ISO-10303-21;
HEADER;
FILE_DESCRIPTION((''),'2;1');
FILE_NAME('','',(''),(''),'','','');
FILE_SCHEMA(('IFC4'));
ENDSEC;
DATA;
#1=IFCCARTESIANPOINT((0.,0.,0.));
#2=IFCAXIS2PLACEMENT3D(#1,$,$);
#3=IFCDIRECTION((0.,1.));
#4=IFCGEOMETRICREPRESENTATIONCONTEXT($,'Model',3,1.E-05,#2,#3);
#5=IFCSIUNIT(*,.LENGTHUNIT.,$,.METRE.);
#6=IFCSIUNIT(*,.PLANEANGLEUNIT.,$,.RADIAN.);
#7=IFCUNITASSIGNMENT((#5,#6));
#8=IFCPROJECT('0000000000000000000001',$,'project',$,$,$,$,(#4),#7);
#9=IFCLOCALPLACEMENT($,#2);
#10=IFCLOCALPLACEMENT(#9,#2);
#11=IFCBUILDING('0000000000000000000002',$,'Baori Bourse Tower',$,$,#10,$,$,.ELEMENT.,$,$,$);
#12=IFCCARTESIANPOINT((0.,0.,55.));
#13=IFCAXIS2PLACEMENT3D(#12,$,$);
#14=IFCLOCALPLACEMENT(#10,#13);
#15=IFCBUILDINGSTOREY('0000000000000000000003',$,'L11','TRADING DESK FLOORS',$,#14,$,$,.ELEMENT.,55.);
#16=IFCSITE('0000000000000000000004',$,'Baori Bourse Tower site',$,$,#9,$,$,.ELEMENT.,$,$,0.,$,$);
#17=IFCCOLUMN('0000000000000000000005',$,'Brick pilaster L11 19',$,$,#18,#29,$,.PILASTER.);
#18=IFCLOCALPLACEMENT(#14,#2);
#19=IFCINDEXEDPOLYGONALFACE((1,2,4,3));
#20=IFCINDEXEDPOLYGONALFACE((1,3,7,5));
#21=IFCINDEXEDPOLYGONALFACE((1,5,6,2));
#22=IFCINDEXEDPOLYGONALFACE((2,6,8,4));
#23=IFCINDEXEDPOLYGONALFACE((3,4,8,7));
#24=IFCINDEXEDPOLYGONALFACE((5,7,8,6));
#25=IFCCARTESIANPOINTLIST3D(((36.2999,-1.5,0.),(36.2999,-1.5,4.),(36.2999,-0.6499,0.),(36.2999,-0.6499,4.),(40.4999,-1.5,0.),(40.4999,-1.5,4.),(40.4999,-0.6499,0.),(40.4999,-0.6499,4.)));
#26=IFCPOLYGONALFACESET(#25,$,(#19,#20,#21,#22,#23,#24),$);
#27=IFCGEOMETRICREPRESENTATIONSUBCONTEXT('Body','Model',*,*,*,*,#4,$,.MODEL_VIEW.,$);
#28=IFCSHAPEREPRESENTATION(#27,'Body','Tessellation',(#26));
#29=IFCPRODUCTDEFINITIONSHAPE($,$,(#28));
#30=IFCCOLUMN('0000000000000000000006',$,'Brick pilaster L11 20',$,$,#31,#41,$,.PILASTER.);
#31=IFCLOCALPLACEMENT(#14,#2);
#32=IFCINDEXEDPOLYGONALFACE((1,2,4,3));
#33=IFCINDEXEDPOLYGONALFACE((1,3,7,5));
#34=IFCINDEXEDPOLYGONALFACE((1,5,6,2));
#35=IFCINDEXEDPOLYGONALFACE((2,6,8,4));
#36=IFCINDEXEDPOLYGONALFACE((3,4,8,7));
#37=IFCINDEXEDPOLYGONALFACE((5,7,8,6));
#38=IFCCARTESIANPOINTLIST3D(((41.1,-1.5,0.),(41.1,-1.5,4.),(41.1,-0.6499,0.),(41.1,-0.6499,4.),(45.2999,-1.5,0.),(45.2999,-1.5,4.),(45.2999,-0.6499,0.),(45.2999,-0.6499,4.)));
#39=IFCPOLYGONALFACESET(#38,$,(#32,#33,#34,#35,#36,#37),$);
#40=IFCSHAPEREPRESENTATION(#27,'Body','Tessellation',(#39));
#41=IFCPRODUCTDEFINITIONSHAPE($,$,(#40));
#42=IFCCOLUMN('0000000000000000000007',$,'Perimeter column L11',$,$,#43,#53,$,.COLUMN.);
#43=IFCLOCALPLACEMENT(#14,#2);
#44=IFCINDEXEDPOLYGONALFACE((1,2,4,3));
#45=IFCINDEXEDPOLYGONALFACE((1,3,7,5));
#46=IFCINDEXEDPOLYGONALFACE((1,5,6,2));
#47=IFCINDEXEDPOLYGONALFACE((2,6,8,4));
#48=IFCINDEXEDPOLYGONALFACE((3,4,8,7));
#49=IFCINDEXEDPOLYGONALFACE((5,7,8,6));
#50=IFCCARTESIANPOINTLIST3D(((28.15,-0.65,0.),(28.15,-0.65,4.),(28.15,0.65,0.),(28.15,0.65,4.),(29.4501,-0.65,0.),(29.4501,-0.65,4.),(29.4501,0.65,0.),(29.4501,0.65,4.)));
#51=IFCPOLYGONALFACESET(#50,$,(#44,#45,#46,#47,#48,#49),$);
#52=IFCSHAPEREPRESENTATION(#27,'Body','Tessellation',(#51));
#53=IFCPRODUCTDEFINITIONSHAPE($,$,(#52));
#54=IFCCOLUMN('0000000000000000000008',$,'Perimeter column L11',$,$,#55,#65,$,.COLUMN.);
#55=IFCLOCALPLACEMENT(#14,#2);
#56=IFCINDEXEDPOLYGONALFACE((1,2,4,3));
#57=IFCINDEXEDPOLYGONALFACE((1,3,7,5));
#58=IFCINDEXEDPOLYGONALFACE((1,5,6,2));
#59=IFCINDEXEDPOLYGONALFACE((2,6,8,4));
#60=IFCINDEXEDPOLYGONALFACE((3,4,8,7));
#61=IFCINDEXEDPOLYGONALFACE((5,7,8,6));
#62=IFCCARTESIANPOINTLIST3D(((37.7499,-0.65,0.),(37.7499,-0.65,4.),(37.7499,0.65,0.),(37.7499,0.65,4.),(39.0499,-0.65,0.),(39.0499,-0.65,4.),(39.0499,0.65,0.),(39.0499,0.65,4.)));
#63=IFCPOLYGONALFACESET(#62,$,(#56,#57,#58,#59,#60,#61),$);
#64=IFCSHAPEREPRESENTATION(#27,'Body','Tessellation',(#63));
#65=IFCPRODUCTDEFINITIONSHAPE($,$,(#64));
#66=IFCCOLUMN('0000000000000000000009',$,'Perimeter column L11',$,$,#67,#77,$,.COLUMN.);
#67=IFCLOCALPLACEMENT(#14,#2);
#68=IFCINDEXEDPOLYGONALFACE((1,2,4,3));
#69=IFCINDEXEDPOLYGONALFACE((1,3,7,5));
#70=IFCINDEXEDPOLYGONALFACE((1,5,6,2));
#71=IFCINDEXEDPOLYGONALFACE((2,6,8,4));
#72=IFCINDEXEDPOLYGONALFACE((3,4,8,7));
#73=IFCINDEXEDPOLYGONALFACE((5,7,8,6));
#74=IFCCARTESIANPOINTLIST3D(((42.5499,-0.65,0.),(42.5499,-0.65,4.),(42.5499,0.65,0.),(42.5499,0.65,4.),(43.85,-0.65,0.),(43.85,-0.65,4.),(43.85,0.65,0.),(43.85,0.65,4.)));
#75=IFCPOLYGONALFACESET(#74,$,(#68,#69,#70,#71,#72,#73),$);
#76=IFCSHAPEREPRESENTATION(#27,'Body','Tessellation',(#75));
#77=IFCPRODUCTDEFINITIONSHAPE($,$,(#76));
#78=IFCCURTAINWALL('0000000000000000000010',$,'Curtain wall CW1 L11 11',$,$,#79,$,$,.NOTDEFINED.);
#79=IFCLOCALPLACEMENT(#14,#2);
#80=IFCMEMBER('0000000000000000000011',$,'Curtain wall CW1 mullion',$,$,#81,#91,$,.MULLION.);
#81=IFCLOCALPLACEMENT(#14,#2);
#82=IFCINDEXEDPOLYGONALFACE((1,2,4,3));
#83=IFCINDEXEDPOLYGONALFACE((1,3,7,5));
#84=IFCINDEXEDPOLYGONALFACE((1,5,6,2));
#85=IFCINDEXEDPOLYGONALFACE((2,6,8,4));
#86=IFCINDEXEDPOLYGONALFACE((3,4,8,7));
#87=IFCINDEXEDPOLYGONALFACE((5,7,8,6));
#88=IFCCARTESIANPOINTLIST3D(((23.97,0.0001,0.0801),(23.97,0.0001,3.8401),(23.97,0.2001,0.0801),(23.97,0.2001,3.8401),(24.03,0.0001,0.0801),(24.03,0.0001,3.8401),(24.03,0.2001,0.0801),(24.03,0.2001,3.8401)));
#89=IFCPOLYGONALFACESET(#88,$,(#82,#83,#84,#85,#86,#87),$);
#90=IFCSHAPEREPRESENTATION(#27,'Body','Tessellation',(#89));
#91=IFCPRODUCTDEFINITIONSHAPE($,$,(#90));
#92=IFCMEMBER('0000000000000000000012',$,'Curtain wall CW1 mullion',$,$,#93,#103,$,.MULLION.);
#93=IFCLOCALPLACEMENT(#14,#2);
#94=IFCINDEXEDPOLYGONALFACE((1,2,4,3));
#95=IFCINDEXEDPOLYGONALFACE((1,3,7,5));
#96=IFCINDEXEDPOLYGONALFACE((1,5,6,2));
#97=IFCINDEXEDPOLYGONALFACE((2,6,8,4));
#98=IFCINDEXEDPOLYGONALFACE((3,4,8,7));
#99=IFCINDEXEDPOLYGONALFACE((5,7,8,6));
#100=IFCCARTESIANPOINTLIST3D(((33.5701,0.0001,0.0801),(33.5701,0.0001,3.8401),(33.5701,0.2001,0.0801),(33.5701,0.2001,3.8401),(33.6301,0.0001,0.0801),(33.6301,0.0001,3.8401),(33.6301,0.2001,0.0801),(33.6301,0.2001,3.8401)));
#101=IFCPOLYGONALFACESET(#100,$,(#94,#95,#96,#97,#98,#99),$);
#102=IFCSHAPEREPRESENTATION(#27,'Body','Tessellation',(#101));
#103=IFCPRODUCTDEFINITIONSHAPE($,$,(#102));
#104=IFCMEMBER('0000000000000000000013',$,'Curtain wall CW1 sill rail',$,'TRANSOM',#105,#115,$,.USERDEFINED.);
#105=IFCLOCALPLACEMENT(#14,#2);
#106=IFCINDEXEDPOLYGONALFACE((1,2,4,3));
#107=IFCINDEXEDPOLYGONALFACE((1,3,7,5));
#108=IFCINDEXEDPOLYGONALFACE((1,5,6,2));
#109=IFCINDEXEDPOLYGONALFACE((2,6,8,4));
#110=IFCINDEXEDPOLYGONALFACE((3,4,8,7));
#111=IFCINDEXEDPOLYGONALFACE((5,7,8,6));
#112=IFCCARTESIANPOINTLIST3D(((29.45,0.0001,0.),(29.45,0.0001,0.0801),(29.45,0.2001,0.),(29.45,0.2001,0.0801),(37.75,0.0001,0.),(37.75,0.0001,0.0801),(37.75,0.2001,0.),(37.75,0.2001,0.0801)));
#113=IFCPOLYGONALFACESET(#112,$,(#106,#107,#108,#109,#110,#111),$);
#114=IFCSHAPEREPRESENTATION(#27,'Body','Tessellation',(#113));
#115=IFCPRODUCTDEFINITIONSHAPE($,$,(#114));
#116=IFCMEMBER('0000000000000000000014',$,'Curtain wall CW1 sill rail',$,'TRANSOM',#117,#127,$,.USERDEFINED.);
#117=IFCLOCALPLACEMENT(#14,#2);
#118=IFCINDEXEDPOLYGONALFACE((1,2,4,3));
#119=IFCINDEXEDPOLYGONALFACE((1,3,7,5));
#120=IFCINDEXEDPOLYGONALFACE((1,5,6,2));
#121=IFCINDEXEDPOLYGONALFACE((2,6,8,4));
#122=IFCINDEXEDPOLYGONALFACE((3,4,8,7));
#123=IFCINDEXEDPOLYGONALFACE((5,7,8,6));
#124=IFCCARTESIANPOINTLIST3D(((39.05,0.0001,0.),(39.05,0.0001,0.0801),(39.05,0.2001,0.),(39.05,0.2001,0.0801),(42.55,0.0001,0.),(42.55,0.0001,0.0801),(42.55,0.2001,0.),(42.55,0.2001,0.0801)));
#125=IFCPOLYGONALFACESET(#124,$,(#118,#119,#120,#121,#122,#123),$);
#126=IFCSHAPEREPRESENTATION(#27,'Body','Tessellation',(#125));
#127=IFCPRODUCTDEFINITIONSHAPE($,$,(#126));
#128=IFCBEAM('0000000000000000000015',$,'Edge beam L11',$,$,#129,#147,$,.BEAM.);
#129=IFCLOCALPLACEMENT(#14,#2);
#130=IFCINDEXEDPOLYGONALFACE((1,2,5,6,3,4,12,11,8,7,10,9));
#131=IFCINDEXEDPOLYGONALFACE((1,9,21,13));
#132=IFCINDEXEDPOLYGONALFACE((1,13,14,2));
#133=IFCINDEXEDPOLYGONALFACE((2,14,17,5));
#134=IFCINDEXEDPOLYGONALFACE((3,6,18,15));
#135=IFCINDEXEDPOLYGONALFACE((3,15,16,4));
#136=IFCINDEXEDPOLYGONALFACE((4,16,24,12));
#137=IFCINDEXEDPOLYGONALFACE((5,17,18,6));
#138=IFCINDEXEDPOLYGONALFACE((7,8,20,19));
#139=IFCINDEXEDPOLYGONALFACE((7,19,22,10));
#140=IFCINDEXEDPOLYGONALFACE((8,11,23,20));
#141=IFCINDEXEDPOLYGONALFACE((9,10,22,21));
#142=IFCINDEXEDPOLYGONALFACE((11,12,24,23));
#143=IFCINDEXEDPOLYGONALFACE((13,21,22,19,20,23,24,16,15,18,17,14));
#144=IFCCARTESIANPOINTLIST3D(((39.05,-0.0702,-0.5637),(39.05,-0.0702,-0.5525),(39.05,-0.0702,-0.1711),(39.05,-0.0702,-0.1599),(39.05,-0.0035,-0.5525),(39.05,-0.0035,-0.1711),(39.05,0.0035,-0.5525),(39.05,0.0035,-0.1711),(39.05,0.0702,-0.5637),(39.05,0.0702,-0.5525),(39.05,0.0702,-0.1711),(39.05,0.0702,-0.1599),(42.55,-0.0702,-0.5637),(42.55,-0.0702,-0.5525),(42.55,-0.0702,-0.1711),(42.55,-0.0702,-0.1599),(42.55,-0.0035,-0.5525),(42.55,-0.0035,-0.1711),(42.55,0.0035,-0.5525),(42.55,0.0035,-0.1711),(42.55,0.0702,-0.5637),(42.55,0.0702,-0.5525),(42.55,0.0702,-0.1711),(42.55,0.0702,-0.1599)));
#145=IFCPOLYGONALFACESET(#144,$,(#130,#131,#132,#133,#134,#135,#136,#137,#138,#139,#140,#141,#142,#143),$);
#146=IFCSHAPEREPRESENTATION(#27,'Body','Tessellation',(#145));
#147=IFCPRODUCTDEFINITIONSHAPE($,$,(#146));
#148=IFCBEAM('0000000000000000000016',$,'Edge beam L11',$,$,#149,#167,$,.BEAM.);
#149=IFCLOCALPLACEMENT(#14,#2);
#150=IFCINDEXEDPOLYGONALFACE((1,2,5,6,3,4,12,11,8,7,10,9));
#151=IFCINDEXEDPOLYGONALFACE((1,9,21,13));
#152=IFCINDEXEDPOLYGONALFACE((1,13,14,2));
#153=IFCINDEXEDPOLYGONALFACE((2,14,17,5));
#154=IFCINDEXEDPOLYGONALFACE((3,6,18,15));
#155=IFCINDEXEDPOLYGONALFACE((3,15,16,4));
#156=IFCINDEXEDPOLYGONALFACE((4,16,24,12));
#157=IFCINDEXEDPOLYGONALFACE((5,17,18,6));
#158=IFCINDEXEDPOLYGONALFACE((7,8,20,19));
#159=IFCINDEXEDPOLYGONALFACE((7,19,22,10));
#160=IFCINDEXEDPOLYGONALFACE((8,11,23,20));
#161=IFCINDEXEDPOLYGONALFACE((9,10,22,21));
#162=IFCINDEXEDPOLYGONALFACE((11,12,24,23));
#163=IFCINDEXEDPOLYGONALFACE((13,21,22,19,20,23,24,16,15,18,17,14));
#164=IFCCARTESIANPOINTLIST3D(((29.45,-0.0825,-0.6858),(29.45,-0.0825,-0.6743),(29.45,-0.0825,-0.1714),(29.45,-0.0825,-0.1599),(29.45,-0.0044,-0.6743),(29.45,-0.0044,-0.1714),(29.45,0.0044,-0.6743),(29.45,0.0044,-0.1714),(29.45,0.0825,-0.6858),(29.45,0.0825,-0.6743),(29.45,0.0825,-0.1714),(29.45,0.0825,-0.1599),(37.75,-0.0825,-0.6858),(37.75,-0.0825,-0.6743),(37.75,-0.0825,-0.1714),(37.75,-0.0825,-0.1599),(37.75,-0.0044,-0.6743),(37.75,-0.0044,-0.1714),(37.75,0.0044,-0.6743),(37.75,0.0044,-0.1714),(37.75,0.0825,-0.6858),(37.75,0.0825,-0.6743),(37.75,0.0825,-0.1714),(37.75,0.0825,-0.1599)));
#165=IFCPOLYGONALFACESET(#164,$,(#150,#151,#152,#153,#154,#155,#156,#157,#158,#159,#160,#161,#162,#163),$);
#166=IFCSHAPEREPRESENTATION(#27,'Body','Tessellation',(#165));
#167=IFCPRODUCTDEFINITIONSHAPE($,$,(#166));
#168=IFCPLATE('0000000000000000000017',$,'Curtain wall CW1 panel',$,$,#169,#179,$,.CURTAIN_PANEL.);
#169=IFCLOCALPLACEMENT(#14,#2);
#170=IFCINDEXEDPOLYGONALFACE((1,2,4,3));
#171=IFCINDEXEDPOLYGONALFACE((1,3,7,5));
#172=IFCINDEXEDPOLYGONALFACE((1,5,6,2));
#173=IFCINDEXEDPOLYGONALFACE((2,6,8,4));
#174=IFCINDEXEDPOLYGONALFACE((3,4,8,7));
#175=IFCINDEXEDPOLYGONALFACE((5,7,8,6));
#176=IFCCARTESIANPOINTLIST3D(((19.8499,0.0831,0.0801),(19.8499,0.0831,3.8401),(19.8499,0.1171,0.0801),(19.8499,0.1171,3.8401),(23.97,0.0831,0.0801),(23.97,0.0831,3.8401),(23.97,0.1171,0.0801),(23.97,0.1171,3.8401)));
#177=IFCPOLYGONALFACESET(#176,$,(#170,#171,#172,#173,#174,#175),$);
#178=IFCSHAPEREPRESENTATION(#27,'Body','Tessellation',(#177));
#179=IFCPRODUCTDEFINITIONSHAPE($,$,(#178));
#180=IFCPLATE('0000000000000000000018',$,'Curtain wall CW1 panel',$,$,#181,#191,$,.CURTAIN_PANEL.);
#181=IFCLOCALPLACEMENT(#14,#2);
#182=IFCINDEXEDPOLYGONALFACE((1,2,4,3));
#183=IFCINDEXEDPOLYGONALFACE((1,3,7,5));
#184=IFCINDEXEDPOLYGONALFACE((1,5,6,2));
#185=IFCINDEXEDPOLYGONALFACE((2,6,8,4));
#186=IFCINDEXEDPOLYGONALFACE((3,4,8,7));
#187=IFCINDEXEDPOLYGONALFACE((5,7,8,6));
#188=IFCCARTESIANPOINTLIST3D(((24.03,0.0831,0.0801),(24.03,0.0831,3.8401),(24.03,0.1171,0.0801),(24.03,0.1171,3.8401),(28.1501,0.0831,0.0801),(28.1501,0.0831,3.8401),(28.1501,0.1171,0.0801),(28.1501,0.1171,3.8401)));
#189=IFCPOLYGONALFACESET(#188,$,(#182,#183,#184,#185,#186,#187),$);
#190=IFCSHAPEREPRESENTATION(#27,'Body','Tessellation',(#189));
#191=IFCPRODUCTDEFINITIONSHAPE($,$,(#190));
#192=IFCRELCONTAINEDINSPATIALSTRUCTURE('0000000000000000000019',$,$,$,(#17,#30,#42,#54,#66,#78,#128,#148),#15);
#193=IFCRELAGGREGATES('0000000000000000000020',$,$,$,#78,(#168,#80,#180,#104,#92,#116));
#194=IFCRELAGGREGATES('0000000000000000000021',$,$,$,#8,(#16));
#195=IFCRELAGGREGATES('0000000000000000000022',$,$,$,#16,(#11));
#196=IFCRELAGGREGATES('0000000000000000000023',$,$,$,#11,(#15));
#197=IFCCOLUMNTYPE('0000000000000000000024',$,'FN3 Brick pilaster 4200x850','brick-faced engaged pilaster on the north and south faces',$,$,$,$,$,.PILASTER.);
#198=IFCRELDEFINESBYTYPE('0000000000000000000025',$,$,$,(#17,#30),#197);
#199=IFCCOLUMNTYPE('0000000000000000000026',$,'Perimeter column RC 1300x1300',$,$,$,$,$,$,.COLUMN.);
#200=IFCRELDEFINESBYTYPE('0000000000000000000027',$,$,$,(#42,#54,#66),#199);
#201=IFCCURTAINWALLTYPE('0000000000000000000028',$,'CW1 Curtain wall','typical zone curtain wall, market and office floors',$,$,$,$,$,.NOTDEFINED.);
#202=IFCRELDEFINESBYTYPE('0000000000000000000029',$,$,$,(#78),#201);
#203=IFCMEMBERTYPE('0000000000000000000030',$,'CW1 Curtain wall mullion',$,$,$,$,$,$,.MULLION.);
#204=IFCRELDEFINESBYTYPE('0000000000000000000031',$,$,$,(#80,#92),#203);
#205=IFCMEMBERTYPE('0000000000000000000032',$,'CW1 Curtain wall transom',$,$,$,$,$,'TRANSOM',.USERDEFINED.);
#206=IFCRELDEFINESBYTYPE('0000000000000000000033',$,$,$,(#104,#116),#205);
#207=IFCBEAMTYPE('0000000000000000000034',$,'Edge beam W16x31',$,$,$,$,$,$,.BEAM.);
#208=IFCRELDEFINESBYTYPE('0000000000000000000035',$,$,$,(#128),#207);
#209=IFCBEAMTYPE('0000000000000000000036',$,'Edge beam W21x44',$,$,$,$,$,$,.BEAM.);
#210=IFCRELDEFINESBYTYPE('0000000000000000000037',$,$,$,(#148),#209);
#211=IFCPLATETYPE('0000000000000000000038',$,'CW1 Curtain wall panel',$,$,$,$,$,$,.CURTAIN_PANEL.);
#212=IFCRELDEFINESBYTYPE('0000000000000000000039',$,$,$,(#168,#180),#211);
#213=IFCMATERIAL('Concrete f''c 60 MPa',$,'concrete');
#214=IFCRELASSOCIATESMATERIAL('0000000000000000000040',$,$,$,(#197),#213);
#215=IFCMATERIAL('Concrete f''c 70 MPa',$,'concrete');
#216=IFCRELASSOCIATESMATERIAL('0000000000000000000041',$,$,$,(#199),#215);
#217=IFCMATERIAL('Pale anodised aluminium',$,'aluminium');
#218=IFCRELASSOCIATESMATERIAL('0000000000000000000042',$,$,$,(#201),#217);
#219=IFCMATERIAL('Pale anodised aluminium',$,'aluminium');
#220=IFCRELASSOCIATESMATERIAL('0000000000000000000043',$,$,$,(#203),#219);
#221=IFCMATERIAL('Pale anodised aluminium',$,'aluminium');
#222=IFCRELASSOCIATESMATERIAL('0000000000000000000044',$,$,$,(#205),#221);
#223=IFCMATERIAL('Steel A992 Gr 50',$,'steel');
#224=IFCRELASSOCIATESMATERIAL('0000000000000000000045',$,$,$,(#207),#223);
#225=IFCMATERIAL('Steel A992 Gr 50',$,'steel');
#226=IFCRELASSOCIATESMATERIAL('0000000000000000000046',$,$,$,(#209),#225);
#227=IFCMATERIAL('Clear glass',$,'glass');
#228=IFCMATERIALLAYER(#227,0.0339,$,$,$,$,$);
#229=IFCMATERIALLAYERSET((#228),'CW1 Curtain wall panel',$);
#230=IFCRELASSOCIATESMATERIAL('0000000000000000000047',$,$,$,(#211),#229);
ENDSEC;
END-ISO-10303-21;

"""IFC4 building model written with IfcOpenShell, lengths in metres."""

from ifc_helpers import new_model, si_unit, direction, frame, origin, origin_2d, place, context, subcontext, project, spatial, rectangle, i_section, extrude, material, layer, layer_set, material_profile, profile_set, type_object, element, aggregate, save


model = new_model("IFC4")

# Units and contexts
model_context = context("Model", 3, precision=1e-05, world=origin(), true_north=direction((0.0, 1.0)))
body_context = subcontext(model_context, "Body", "Model", "MODEL_VIEW")
ifc_project = project(units=[si_unit("LENGTHUNIT", "METRE"), si_unit("PLANEANGLEUNIT", "RADIAN")], contexts=[model_context])

# Site, building, storey
site_placement = place(None, origin())
site = spatial("IfcSite", under=ifc_project, at=site_placement, Name="Baori Bourse Tower site", CompositionType="ELEMENT", RefElevation=0.0)
building_placement = place(site_placement, origin())
building = spatial("IfcBuilding", under=site, at=building_placement, Name="Baori Bourse Tower", CompositionType="ELEMENT")
storey_placement = place(building_placement, frame((0.0, 0.0, 55.0)))
storey = spatial("IfcBuildingStorey", under=building, at=storey_placement, Name="L11", Description="TRADING DESK FLOORS", CompositionType="ELEMENT", Elevation=55.0)

# Columns
ifc_material_1 = material(Name="Concrete f'c 60 MPa", Category="concrete")
ifc_material_profile_1 = material_profile(ifc_material_1, rectangle(XDim=4.2, YDim=0.8501, at=origin_2d()), Name="RC 4200x850")
ifc_profile_set_1 = profile_set([ifc_material_profile_1], Name="Concrete f'c 60 MPa")
column_type_1 = type_object("IfcColumnType", Name="FN3 Brick pilaster 4200x850", Description="brick-faced engaged pilaster on the north and south faces", PredefinedType="PILASTER", material=ifc_profile_set_1)
for number, where, z_axis, x_axis, name in (
    (1, (38.3999, -1.075, 0.0), (0.0, 0.0, 1.0), (1.0, 0.0, 0.0), "Brick pilaster L11 19"),
    (2, (43.2, -1.075, 0.0), (0.0, 0.0, 1.0), (1.0, 0.0, 0.0), "Brick pilaster L11 20"),
):
    element("IfcColumn", number, at=place(storey_placement, frame(where, z_axis=z_axis, x_axis=x_axis)), inside=storey, type_object=column_type_1, Name=name, PredefinedType="PILASTER", context=body_context, shape_type="SweptSolid", body=[
        extrude(rectangle(XDim=4.2, YDim=0.8501, at=origin_2d()), origin(), (0.0, 0.0, 1.0), 4.0),
    ])
ifc_material_2 = material(Name="Concrete f'c 70 MPa", Category="concrete")
ifc_material_profile_2 = material_profile(ifc_material_2, rectangle(XDim=1.3, YDim=1.3, at=origin_2d()), Name="RC 1300x1300")
ifc_profile_set_2 = profile_set([ifc_material_profile_2], Name="Concrete f'c 70 MPa")
column_type_2 = type_object("IfcColumnType", Name="Perimeter column RC 1300x1300", PredefinedType="COLUMN", material=ifc_profile_set_2)
for number, where, z_axis, x_axis, name in (
    (3, (28.8, 0.0, 0.0), (0.0, 0.0, 1.0), (1.0, 0.0, 0.0), "Perimeter column L11"),
    (4, (38.3999, 0.0, 0.0), (0.0, 0.0, 1.0), (1.0, 0.0, 0.0), "Perimeter column L11"),
    (5, (43.2, 0.0, 0.0), (0.0, 0.0, 1.0), (1.0, 0.0, 0.0), "Perimeter column L11"),
):
    element("IfcColumn", number, at=place(storey_placement, frame(where, z_axis=z_axis, x_axis=x_axis)), inside=storey, type_object=column_type_2, Name=name, PredefinedType="COLUMN", context=body_context, shape_type="SweptSolid", body=[
        extrude(rectangle(XDim=1.3, YDim=1.3, at=origin_2d()), origin(), (0.0, 0.0, 1.0), 4.0),
    ])

# Curtain wall, members
ifc_material_3 = material(Name="Pale anodised aluminium", Category="aluminium")
curtain_wall_type = type_object("IfcCurtainWallType", Name="CW1 Curtain wall", Description="typical zone curtain wall, market and office floors", PredefinedType="NOTDEFINED", material=ifc_material_3)
curtain_wall_placement = place(storey_placement, origin())
curtain_wall = element("IfcCurtainWall", 6, at=curtain_wall_placement, inside=storey, type_object=curtain_wall_type, Name="Curtain wall CW1 L11 11", PredefinedType="NOTDEFINED")
ifc_material_4 = material(Name="Pale anodised aluminium", Category="aluminium")
ifc_material_profile_3 = material_profile(ifc_material_4, rectangle(XDim=0.2, YDim=0.0601, at=origin_2d()), Name="Mullion 60x200")
ifc_profile_set_3 = profile_set([ifc_material_profile_3], Name="Pale anodised aluminium")
member_type_1 = type_object("IfcMemberType", Name="CW1 Curtain wall mullion", PredefinedType="MULLION", material=ifc_profile_set_3)
member_1_placement = place(storey_placement, frame((24.0, 0.1001, 0.0801), z_axis=(0.0, 0.0, 1.0), x_axis=(0.0, 1.0, 0.0)))
member_1 = element("IfcMember", 7, at=member_1_placement, type_object=member_type_1, Name="Curtain wall CW1 mullion", PredefinedType="MULLION", context=body_context, shape_type="SweptSolid", body=[
    extrude(rectangle(XDim=0.2, YDim=0.0601, at=origin_2d()), origin(), (0.0, 0.0, 1.0), 3.76),
])
member_2_placement = place(storey_placement, frame((33.6001, 0.1001, 0.0801), z_axis=(0.0, 0.0, 1.0), x_axis=(0.0, 1.0, 0.0)))
member_2 = element("IfcMember", 8, at=member_2_placement, type_object=member_type_1, Name="Curtain wall CW1 mullion", PredefinedType="MULLION", context=body_context, shape_type="SweptSolid", body=[
    extrude(rectangle(XDim=0.2, YDim=0.0601, at=origin_2d()), origin(), (0.0, 0.0, 1.0), 3.76),
])
ifc_material_5 = material(Name="Pale anodised aluminium", Category="aluminium")
ifc_material_profile_4 = material_profile(ifc_material_5, rectangle(XDim=0.2, YDim=0.0801, at=origin_2d()), Name="Transom 80x200")
ifc_profile_set_4 = profile_set([ifc_material_profile_4], Name="Pale anodised aluminium")
member_type_2 = type_object("IfcMemberType", Name="CW1 Curtain wall transom", ElementType="TRANSOM", PredefinedType="USERDEFINED", material=ifc_profile_set_4)
member_3_placement = place(storey_placement, frame((29.45, 0.1001, 0.04), z_axis=(1.0, 0.0, 0.0), x_axis=(0.0, 1.0, 0.0)))
member_3 = element("IfcMember", 9, at=member_3_placement, type_object=member_type_2, Name="Curtain wall CW1 sill rail", ObjectType="TRANSOM", PredefinedType="USERDEFINED", context=body_context, shape_type="SweptSolid", body=[
    extrude(rectangle(XDim=0.2, YDim=0.0801, at=origin_2d()), origin(), (0.0, 0.0, 1.0), 8.3),
])
member_4_placement = place(storey_placement, frame((39.05, 0.1001, 0.04), z_axis=(1.0, 0.0, 0.0), x_axis=(0.0, 1.0, 0.0)))
member_4 = element("IfcMember", 10, at=member_4_placement, type_object=member_type_2, Name="Curtain wall CW1 sill rail", ObjectType="TRANSOM", PredefinedType="USERDEFINED", context=body_context, shape_type="SweptSolid", body=[
    extrude(rectangle(XDim=0.2, YDim=0.0801, at=origin_2d()), origin(), (0.0, 0.0, 1.0), 3.5),
])

# Beams
ifc_material_6 = material(Name="Steel A992 Gr 50", Category="steel")
ifc_material_profile_5 = material_profile(ifc_material_6, i_section(OverallWidth=0.1404, OverallDepth=0.4038, WebThickness=0.0071, FlangeThickness=0.0112, at=origin_2d()), Name="W16x31")
ifc_profile_set_5 = profile_set([ifc_material_profile_5], Name="Steel A992 Gr 50")
beam_type_1 = type_object("IfcBeamType", Name="Edge beam W16x31", PredefinedType="BEAM", material=ifc_profile_set_5)
beam_1_placement = place(storey_placement, frame((39.05, 0.0, -0.3618), z_axis=(1.0, 0.0, 0.0), x_axis=(0.0, 1.0, 0.0)))
element("IfcBeam", 11, at=beam_1_placement, inside=storey, type_object=beam_type_1, Name="Edge beam L11", PredefinedType="BEAM", context=body_context, shape_type="SweptSolid", body=[
    extrude(i_section(OverallWidth=0.1404, OverallDepth=0.4038, WebThickness=0.0071, FlangeThickness=0.0112, at=origin_2d()), origin(), (0.0, 0.0, 1.0), 3.5),
])
ifc_material_7 = material(Name="Steel A992 Gr 50", Category="steel")
ifc_material_profile_6 = material_profile(ifc_material_7, i_section(OverallWidth=0.165, OverallDepth=0.5259, WebThickness=0.0088, FlangeThickness=0.0115, at=origin_2d()), Name="W21x44")
ifc_profile_set_6 = profile_set([ifc_material_profile_6], Name="Steel A992 Gr 50")
beam_type_2 = type_object("IfcBeamType", Name="Edge beam W21x44", PredefinedType="BEAM", material=ifc_profile_set_6)
beam_2_placement = place(storey_placement, frame((29.45, 0.0, -0.4229), z_axis=(1.0, 0.0, 0.0), x_axis=(0.0, 1.0, 0.0)))
element("IfcBeam", 12, at=beam_2_placement, inside=storey, type_object=beam_type_2, Name="Edge beam L11", PredefinedType="BEAM", context=body_context, shape_type="SweptSolid", body=[
    extrude(i_section(OverallWidth=0.165, OverallDepth=0.5259, WebThickness=0.0088, FlangeThickness=0.0115, at=origin_2d()), origin(), (0.0, 0.0, 1.0), 8.3),
])

# Plates
ifc_material_8 = material(Name="Clear glass", Category="glass")
ifc_layer_1 = layer(ifc_material_8, 0.0339)
ifc_layer_set_1 = layer_set([ifc_layer_1], Name="CW1 Curtain wall panel")
plate_type = type_object("IfcPlateType", Name="CW1 Curtain wall panel", PredefinedType="CURTAIN_PANEL", material=ifc_layer_set_1)
plate_1_placement = place(storey_placement, frame((21.9099, 0.1001, 0.0801), z_axis=(0.0, 0.0, 1.0), x_axis=(1.0, 0.0, 0.0)))
plate_1 = element("IfcPlate", 13, at=plate_1_placement, type_object=plate_type, Name="Curtain wall CW1 panel", PredefinedType="CURTAIN_PANEL", context=body_context, shape_type="SweptSolid", body=[
    extrude(rectangle(XDim=4.1201, YDim=0.0339, at=origin_2d()), origin(), (0.0, 0.0, 1.0), 3.76),
])
plate_2_placement = place(storey_placement, frame((26.0901, 0.1001, 0.0801), z_axis=(0.0, 0.0, 1.0), x_axis=(1.0, 0.0, 0.0)))
plate_2 = element("IfcPlate", 14, at=plate_2_placement, type_object=plate_type, Name="Curtain wall CW1 panel", PredefinedType="CURTAIN_PANEL", context=body_context, shape_type="SweptSolid", body=[
    extrude(rectangle(XDim=4.1201, YDim=0.0339, at=origin_2d()), origin(), (0.0, 0.0, 1.0), 3.76),
])
aggregate(curtain_wall, [plate_1, member_1, plate_2, member_3, member_2, member_4])

save(model, "model.ifc")
